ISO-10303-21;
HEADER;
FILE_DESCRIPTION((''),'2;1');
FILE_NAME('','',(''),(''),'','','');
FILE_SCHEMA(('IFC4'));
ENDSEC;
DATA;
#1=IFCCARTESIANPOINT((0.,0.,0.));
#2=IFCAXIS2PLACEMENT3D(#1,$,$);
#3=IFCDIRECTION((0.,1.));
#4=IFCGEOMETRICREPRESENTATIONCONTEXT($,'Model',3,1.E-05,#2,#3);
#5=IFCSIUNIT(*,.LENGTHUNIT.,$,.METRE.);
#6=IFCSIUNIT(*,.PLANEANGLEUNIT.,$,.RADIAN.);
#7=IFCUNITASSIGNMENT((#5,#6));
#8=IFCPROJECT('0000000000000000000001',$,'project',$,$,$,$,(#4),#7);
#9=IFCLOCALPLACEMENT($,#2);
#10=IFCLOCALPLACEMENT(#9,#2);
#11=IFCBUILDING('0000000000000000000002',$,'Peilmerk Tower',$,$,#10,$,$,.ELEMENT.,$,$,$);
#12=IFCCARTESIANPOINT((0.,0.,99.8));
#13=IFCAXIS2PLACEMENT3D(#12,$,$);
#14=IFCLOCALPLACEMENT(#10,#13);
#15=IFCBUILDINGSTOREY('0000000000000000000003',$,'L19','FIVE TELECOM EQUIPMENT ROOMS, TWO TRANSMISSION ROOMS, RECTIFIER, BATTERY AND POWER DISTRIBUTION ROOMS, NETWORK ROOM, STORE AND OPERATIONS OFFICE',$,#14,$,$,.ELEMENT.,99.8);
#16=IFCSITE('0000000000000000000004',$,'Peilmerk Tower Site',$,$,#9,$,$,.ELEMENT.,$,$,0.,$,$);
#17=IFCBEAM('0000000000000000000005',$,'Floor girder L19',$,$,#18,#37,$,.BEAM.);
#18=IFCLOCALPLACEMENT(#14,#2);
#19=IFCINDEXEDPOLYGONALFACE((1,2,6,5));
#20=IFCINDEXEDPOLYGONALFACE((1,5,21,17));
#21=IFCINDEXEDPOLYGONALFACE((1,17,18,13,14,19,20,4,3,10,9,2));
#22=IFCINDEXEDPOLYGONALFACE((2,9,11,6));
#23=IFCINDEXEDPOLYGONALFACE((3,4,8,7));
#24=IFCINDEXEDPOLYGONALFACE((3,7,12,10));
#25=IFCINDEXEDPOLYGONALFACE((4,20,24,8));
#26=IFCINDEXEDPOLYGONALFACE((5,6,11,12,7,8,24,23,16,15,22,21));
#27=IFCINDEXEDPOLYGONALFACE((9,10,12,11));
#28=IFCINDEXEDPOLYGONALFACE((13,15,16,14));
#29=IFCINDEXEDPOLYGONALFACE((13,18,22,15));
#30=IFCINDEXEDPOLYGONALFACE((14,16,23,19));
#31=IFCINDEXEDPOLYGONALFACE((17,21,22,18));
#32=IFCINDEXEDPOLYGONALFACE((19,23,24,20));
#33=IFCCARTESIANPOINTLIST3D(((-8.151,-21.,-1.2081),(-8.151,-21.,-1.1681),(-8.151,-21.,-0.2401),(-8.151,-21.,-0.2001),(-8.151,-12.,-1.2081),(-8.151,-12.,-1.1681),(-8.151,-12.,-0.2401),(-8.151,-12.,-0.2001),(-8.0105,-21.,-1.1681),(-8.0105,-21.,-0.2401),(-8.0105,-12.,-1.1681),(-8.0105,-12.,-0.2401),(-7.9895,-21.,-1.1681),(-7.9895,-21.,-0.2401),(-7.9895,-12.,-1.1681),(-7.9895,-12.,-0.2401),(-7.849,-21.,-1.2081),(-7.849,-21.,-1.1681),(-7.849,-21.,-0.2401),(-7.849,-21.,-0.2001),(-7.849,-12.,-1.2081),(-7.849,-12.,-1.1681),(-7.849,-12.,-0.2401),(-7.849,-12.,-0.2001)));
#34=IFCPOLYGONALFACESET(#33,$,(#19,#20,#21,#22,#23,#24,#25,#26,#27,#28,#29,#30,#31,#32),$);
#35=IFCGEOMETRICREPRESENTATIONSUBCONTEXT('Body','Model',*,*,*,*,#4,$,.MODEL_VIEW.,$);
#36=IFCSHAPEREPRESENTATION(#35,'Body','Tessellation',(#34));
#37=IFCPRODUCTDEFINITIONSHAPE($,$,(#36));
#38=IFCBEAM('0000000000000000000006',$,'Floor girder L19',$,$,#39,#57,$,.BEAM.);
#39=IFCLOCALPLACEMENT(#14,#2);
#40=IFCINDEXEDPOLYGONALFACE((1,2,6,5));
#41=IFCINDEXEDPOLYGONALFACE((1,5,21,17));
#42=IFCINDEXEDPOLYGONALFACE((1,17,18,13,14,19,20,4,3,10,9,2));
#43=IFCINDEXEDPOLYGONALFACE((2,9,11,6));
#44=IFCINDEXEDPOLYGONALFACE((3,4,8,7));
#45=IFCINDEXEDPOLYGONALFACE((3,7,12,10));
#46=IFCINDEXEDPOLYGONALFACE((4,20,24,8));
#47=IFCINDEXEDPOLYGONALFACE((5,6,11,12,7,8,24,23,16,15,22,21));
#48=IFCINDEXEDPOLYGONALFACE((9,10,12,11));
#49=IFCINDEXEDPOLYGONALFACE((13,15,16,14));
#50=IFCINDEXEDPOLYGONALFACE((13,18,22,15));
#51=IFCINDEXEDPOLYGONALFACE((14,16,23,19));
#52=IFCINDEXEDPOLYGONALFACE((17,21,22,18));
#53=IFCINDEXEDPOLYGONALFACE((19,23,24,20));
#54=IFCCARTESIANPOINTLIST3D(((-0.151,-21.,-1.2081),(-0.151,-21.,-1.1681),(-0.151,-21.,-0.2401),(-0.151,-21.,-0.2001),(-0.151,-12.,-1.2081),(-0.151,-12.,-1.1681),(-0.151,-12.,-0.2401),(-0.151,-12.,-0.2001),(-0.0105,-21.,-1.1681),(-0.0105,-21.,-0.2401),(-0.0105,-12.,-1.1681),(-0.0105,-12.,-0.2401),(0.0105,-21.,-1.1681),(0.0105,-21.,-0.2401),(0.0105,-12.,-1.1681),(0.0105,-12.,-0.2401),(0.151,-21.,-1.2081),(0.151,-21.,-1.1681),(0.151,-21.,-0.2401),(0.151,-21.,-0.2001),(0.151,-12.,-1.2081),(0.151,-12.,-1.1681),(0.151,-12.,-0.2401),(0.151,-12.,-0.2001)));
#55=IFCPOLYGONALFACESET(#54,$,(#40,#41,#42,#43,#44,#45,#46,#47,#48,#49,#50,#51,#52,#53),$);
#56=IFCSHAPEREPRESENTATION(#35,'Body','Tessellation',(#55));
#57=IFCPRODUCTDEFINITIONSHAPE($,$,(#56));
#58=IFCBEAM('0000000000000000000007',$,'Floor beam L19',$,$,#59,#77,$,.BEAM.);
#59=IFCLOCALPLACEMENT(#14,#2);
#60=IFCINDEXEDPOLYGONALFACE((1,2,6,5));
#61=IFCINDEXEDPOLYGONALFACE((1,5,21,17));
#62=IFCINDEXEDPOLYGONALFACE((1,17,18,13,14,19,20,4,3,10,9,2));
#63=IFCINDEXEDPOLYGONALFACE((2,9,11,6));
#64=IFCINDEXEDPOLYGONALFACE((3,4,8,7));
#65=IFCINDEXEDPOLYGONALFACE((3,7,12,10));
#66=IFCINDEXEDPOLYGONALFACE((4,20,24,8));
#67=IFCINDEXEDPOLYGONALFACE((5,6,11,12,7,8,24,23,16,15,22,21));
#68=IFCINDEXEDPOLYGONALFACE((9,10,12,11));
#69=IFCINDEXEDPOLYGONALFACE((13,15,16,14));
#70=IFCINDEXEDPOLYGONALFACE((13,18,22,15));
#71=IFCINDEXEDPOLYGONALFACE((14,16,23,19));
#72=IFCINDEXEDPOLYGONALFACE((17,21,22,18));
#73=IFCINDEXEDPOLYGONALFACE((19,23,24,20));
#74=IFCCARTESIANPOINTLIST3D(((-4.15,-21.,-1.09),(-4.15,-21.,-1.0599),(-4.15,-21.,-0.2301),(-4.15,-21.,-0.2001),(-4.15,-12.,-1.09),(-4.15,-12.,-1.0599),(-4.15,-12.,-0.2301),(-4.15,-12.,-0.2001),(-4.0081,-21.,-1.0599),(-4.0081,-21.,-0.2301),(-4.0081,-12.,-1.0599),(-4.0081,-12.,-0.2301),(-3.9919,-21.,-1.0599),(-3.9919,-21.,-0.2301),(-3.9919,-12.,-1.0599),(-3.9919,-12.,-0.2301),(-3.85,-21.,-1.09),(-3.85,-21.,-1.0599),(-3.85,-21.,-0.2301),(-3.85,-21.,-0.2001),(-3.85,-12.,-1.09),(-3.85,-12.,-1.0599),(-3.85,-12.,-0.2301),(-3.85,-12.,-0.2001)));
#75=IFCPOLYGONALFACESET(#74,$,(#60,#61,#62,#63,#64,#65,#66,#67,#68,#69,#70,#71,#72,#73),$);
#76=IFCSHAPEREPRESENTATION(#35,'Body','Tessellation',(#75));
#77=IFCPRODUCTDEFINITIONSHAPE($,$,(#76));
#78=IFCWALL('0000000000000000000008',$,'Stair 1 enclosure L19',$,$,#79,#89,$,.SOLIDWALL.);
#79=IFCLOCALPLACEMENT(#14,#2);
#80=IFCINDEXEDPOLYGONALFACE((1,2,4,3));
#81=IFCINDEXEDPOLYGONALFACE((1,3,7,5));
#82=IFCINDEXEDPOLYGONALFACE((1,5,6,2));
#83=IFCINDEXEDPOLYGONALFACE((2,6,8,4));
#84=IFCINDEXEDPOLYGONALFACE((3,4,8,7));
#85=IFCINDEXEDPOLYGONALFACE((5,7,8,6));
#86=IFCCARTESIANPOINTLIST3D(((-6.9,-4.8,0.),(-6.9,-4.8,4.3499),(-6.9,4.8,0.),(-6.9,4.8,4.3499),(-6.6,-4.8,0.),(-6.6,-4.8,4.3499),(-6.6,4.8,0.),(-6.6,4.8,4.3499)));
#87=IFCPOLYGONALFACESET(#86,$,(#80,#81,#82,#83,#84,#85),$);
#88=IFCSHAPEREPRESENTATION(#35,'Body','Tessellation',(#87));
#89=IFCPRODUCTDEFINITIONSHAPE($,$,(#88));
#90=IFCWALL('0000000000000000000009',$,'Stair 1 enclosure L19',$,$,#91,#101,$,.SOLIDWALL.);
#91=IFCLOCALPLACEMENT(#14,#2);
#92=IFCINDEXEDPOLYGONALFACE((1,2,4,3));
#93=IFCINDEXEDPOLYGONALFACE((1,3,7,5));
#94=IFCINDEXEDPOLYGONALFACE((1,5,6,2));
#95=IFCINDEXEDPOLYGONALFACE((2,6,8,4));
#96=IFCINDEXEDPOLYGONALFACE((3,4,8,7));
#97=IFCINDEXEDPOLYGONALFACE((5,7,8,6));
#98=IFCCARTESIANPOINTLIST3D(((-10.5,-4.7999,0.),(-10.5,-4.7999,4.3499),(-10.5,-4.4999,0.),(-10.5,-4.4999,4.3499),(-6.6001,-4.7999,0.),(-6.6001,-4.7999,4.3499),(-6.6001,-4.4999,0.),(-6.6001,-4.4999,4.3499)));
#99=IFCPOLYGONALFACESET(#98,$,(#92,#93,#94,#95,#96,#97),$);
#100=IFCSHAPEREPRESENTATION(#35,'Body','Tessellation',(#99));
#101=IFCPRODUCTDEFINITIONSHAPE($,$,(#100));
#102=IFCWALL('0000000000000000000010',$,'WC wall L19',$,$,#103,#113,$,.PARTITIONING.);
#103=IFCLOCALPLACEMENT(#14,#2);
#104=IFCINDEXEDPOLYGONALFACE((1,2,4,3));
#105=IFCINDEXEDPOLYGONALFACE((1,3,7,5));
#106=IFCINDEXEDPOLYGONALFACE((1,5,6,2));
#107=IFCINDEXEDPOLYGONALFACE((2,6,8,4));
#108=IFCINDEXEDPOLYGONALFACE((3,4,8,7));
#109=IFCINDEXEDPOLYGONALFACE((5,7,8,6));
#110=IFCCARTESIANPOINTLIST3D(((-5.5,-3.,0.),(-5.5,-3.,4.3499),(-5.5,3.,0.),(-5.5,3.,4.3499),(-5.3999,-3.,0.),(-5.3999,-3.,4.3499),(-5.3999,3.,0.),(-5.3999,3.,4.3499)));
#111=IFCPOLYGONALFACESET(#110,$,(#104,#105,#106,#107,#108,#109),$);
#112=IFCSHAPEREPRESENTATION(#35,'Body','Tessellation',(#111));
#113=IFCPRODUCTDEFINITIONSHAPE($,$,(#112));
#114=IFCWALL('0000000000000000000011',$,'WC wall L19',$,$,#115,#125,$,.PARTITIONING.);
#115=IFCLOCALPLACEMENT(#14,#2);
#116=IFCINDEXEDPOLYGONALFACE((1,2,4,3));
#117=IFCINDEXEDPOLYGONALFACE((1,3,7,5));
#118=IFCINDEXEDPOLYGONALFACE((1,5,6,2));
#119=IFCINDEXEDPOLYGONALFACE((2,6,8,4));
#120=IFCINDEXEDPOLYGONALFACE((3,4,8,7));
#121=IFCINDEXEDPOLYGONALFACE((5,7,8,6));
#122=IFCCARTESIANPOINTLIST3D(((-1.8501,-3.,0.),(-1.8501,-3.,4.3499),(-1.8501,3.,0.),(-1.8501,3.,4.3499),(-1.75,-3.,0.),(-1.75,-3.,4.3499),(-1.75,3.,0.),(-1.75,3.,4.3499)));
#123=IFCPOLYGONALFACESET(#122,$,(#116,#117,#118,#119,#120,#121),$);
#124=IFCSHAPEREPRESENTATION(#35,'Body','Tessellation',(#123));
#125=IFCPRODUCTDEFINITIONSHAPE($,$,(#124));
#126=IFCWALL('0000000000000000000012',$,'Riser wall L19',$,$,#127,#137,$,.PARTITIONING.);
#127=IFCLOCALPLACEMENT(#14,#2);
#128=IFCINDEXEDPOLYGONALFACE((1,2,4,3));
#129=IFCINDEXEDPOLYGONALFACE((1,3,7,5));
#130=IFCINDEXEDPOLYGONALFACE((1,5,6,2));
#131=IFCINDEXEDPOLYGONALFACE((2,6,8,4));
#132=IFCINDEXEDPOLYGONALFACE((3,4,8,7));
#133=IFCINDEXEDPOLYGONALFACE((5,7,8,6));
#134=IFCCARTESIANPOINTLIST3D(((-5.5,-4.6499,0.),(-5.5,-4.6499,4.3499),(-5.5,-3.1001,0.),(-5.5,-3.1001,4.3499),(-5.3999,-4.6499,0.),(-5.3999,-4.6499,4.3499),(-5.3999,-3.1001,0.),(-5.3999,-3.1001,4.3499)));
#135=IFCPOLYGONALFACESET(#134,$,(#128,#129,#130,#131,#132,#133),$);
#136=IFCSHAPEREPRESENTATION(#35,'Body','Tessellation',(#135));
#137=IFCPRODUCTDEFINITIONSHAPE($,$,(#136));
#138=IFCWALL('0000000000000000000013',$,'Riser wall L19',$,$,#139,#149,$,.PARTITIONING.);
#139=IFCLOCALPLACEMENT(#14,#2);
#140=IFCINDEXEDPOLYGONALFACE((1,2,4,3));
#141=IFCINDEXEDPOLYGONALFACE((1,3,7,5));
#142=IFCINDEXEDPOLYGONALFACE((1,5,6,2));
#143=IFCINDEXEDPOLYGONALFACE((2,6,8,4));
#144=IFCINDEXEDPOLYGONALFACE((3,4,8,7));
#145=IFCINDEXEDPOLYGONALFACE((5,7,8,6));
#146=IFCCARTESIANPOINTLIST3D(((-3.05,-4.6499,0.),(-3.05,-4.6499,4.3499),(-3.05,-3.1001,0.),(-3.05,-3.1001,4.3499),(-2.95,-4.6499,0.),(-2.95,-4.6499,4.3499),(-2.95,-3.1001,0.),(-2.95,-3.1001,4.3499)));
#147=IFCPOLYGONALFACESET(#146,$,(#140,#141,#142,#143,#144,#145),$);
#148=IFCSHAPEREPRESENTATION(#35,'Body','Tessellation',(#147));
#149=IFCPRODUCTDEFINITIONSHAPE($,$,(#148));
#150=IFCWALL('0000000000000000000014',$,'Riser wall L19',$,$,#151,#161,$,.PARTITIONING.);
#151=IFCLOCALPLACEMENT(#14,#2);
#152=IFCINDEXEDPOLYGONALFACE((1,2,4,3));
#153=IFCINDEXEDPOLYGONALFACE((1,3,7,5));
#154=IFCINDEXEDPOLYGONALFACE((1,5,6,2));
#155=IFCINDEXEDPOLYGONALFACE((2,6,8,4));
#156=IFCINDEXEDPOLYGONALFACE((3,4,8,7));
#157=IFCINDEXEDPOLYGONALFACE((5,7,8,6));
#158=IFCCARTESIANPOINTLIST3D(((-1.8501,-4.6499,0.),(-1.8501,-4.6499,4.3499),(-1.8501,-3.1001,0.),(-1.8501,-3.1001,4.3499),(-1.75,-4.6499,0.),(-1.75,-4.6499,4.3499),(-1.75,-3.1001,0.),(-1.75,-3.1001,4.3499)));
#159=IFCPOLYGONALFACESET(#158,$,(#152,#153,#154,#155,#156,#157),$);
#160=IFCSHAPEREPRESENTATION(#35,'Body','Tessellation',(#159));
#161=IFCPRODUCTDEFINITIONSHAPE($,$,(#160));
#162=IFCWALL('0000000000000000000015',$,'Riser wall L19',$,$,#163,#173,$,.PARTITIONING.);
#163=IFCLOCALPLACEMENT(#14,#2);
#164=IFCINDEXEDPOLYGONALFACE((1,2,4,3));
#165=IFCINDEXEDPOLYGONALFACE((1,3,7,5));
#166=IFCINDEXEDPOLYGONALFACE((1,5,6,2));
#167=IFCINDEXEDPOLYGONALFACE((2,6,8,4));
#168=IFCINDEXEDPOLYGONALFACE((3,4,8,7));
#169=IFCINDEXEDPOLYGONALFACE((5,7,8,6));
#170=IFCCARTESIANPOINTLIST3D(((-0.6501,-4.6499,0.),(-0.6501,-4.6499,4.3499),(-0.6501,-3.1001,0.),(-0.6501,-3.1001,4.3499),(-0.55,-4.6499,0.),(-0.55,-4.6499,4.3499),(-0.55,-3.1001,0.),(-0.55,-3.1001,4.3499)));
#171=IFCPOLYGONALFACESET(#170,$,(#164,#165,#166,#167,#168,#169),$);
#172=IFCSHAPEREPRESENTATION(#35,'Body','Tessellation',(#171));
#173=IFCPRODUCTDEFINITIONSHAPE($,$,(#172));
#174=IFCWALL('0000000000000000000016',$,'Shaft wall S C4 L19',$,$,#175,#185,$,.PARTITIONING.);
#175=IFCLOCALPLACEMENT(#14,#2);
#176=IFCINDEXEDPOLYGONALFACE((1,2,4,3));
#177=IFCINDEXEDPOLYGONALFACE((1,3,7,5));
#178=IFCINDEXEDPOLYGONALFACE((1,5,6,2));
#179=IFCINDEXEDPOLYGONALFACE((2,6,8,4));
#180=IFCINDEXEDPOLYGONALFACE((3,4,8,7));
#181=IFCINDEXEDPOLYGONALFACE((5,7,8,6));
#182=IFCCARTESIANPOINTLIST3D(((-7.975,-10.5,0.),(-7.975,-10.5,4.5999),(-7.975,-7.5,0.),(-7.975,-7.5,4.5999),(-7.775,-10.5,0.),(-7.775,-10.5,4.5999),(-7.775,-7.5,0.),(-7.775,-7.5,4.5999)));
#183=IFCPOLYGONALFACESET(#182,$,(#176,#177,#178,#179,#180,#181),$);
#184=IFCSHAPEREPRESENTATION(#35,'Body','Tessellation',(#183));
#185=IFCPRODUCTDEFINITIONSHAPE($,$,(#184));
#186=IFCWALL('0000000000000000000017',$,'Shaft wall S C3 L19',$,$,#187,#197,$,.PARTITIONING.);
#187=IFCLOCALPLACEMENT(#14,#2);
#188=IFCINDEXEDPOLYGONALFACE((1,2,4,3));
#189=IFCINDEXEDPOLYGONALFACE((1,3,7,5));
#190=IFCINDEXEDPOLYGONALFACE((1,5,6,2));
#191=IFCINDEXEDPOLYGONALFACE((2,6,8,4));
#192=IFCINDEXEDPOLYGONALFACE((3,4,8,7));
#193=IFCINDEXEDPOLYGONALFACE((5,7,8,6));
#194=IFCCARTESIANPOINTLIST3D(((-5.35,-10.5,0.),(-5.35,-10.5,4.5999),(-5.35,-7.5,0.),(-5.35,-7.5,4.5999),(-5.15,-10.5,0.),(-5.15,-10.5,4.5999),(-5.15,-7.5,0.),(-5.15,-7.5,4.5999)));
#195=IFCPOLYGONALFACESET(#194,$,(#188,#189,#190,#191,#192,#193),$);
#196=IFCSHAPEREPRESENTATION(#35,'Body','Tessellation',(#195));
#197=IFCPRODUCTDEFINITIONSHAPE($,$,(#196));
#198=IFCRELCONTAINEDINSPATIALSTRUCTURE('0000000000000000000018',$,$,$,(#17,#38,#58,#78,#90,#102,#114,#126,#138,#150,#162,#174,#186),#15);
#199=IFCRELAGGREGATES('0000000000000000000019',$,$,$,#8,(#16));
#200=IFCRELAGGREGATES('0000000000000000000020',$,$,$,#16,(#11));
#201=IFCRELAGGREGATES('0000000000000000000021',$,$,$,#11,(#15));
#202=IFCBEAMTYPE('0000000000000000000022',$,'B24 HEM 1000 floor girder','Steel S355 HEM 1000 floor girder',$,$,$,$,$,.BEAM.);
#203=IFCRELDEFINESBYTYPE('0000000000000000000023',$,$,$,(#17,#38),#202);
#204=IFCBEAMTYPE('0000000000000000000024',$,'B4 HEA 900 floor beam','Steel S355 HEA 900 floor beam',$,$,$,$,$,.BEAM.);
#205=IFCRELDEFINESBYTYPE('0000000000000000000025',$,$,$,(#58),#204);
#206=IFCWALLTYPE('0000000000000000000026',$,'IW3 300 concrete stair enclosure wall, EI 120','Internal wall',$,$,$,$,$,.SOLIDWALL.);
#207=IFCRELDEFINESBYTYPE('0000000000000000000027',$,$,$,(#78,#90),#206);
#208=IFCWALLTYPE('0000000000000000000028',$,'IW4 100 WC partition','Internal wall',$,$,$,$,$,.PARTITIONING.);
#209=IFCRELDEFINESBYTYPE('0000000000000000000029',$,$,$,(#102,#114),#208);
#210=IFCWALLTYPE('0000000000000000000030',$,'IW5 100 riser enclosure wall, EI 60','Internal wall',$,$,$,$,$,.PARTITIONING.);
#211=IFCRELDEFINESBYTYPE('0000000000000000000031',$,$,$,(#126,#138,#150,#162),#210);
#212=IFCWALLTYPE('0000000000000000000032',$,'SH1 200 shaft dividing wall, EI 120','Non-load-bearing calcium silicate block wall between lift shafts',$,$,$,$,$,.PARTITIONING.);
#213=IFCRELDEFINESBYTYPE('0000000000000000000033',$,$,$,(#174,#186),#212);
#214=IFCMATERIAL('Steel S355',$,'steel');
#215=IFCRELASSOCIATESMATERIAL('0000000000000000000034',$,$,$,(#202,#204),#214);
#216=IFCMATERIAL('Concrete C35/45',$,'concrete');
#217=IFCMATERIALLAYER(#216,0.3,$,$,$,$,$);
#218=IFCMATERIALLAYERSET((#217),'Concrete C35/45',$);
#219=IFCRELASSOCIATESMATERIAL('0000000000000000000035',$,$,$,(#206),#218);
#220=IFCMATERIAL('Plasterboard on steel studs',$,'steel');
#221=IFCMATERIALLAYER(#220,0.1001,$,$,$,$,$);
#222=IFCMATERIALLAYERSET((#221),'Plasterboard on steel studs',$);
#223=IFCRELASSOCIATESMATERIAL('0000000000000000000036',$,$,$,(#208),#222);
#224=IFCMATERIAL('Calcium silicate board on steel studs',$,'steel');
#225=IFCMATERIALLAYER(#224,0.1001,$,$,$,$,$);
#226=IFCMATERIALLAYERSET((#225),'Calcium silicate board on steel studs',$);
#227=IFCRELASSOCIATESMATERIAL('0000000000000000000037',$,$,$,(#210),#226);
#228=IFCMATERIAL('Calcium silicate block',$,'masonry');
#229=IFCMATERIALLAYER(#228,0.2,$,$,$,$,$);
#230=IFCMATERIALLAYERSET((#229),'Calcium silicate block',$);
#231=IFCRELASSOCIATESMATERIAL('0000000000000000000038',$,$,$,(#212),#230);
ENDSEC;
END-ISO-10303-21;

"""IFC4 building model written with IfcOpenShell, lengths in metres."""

from ifc_helpers import new_model, si_unit, direction, frame, frame_2d, origin, origin_2d, place, context, subcontext, project, spatial, rectangle, i_section, extrude, material, layer, layer_set, material_profile, profile_set, type_object, element, save


model = new_model("IFC4")

# Units and contexts
model_context = context("Model", 3, precision=1e-05, world=origin(), true_north=direction((0.0, 1.0)))
body_context = subcontext(model_context, "Body", "Model", "MODEL_VIEW")
ifc_project = project(units=[si_unit("LENGTHUNIT", "METRE"), si_unit("PLANEANGLEUNIT", "RADIAN")], contexts=[model_context])

# Site, building, storey
site_placement = place(None, origin())
site = spatial("IfcSite", under=ifc_project, at=site_placement, Name="Peilmerk Tower Site", CompositionType="ELEMENT", RefElevation=0.0)
building_placement = place(site_placement, origin())
building = spatial("IfcBuilding", under=site, at=building_placement, Name="Peilmerk Tower", CompositionType="ELEMENT")
storey_placement = place(building_placement, frame((0.0, 0.0, 99.8)))
storey = spatial("IfcBuildingStorey", under=building, at=storey_placement, Name="L19", Description="FIVE TELECOM EQUIPMENT ROOMS, TWO TRANSMISSION ROOMS, RECTIFIER, BATTERY AND POWER DISTRIBUTION ROOMS, NETWORK ROOM, STORE AND OPERATIONS OFFICE", CompositionType="ELEMENT", Elevation=99.8)

# Beams
ifc_material_1 = material(Name="Steel S355", Category="steel")
ifc_material_profile_1 = material_profile(ifc_material_1, i_section(OverallWidth=0.302, OverallDepth=1.0081, WebThickness=0.021, FlangeThickness=0.04, at=origin_2d()), Name="HEM 1000")
ifc_profile_set_1 = profile_set([ifc_material_profile_1], Name="Steel S355")
beam_type_1 = type_object("IfcBeamType", Name="B24 HEM 1000 floor girder", Description="Steel S355 HEM 1000 floor girder", PredefinedType="BEAM", material=ifc_profile_set_1)
for number, where, z_axis, x_axis, name in (
    (1, (-8.0, -12.0, -0.7041), (0.0, -1.0, 0.0), (1.0, 0.0, 0.0), "Floor girder L19"),
    (2, (0.0, -12.0, -0.7041), (0.0, -1.0, 0.0), (1.0, 0.0, 0.0), "Floor girder L19"),
):
    element("IfcBeam", number, at=place(storey_placement, frame(where, z_axis=z_axis, x_axis=x_axis)), inside=storey, type_object=beam_type_1, Name=name, PredefinedType="BEAM", context=body_context, shape_type="SweptSolid", body=[
        extrude(i_section(OverallWidth=0.302, OverallDepth=1.0081, WebThickness=0.021, FlangeThickness=0.04, at=origin_2d()), origin(), (0.0, 0.0, 1.0), 9.0),
    ])
ifc_material_profile_2 = material_profile(ifc_material_1, i_section(OverallWidth=0.3, OverallDepth=0.8899, WebThickness=0.0161, FlangeThickness=0.03, at=origin_2d()), Name="HEA 900")
ifc_profile_set_2 = profile_set([ifc_material_profile_2], Name="Steel S355")
beam_type_2 = type_object("IfcBeamType", Name="B4 HEA 900 floor beam", Description="Steel S355 HEA 900 floor beam", PredefinedType="BEAM", material=ifc_profile_set_2)
beam_placement = place(storey_placement, frame((-4.0, -12.0, -0.645), z_axis=(0.0, -1.0, 0.0), x_axis=(1.0, 0.0, 0.0)))
element("IfcBeam", 3, at=beam_placement, inside=storey, type_object=beam_type_2, Name="Floor beam L19", PredefinedType="BEAM", context=body_context, shape_type="SweptSolid", body=[
    extrude(i_section(OverallWidth=0.3, OverallDepth=0.8899, WebThickness=0.0161, FlangeThickness=0.03, at=origin_2d()), origin(), (0.0, 0.0, 1.0), 9.0),
])

# Walls
ifc_material_2 = material(Name="Concrete C35/45", Category="concrete")
ifc_layer_1 = layer(ifc_material_2, 0.3)
ifc_layer_set_1 = layer_set([ifc_layer_1], Name="Concrete C35/45")
wall_type_1 = type_object("IfcWallType", Name="IW3 300 concrete stair enclosure wall, EI 120", Description="Internal wall", PredefinedType="SOLIDWALL", material=ifc_layer_set_1)
wall_1_placement = place(storey_placement, frame((-6.75, -4.8, 0.0), z_axis=(0.0, 0.0, 1.0), x_axis=(0.0, 1.0, 0.0)))
element("IfcWall", 4, at=wall_1_placement, inside=storey, type_object=wall_type_1, Name="Stair 1 enclosure L19", PredefinedType="SOLIDWALL", context=body_context, shape_type="SweptSolid", body=[
    extrude(rectangle(XDim=9.6001, YDim=0.3, at=frame_2d((4.8, 0.0))), origin(), (0.0, 0.0, 1.0), 4.3499),
])
wall_2_placement = place(storey_placement, frame((-6.6001, -4.6499, 0.0), z_axis=(0.0, 0.0, 1.0), x_axis=(-1.0, 0.0, 0.0)))
element("IfcWall", 5, at=wall_2_placement, inside=storey, type_object=wall_type_1, Name="Stair 1 enclosure L19", PredefinedType="SOLIDWALL", context=body_context, shape_type="SweptSolid", body=[
    extrude(rectangle(XDim=3.8999, YDim=0.3, at=frame_2d((1.95, 0.0))), origin(), (0.0, 0.0, 1.0), 4.3499),
])
ifc_material_3 = material(Name="Plasterboard on steel studs", Category="steel")
ifc_layer_2 = layer(ifc_material_3, 0.1001)
ifc_layer_set_2 = layer_set([ifc_layer_2], Name="Plasterboard on steel studs")
wall_type_2 = type_object("IfcWallType", Name="IW4 100 WC partition", Description="Internal wall", PredefinedType="PARTITIONING", material=ifc_layer_set_2)
for number, where, z_axis, x_axis, name in (
    (6, (-5.45, -3.0, 0.0), (0.0, 0.0, 1.0), (0.0, 1.0, 0.0), "WC wall L19"),
    (7, (-1.8, -3.0, 0.0), (0.0, 0.0, 1.0), (0.0, 1.0, 0.0), "WC wall L19"),
):
    element("IfcWall", number, at=place(storey_placement, frame(where, z_axis=z_axis, x_axis=x_axis)), inside=storey, type_object=wall_type_2, Name=name, PredefinedType="PARTITIONING", context=body_context, shape_type="SweptSolid", body=[
        extrude(rectangle(XDim=6.0, YDim=0.1001, at=frame_2d((3.0, 0.0))), origin(), (0.0, 0.0, 1.0), 4.3499),
    ])
ifc_material_4 = material(Name="Calcium silicate board on steel studs", Category="steel")
ifc_layer_3 = layer(ifc_material_4, 0.1001)
ifc_layer_set_3 = layer_set([ifc_layer_3], Name="Calcium silicate board on steel studs")
wall_type_3 = type_object("IfcWallType", Name="IW5 100 riser enclosure wall, EI 60", Description="Internal wall", PredefinedType="PARTITIONING", material=ifc_layer_set_3)
for number, where, z_axis, x_axis, name in (
    (8, (-5.45, -3.1001, 0.0), (0.0, 0.0, 1.0), (0.0, -1.0, 0.0), "Riser wall L19"),
    (9, (-3.0, -3.1001, 0.0), (0.0, 0.0, 1.0), (0.0, -1.0, 0.0), "Riser wall L19"),
    (10, (-1.8, -3.1001, 0.0), (0.0, 0.0, 1.0), (0.0, -1.0, 0.0), "Riser wall L19"),
    (11, (-0.6001, -3.1001, 0.0), (0.0, 0.0, 1.0), (0.0, -1.0, 0.0), "Riser wall L19"),
):
    element("IfcWall", number, at=place(storey_placement, frame(where, z_axis=z_axis, x_axis=x_axis)), inside=storey, type_object=wall_type_3, Name=name, PredefinedType="PARTITIONING", context=body_context, shape_type="SweptSolid", body=[
        extrude(rectangle(XDim=1.5498, YDim=0.1001, at=frame_2d((0.7749, 0.0))), origin(), (0.0, 0.0, 1.0), 4.3499),
    ])
ifc_material_5 = material(Name="Calcium silicate block", Category="masonry")
ifc_layer_4 = layer(ifc_material_5, 0.2)
ifc_layer_set_4 = layer_set([ifc_layer_4], Name="Calcium silicate block")
wall_type_4 = type_object("IfcWallType", Name="SH1 200 shaft dividing wall, EI 120", Description="Non-load-bearing calcium silicate block wall between lift shafts", PredefinedType="PARTITIONING", material=ifc_layer_set_4)
for number, where, z_axis, x_axis, name in (
    (12, (-7.875, -10.5, 0.0), (0.0, 0.0, 1.0), (0.0, 1.0, 0.0), "Shaft wall S C4 L19"),
    (13, (-5.25, -10.5, 0.0), (0.0, 0.0, 1.0), (0.0, 1.0, 0.0), "Shaft wall S C3 L19"),
):
    element("IfcWall", number, at=place(storey_placement, frame(where, z_axis=z_axis, x_axis=x_axis)), inside=storey, type_object=wall_type_4, Name=name, PredefinedType="PARTITIONING", context=body_context, shape_type="SweptSolid", body=[
        extrude(rectangle(XDim=3.0, YDim=0.2, at=frame_2d((1.5, 0.0))), origin(), (0.0, 0.0, 1.0), 4.5999),
    ])

save(model, "model.ifc")
